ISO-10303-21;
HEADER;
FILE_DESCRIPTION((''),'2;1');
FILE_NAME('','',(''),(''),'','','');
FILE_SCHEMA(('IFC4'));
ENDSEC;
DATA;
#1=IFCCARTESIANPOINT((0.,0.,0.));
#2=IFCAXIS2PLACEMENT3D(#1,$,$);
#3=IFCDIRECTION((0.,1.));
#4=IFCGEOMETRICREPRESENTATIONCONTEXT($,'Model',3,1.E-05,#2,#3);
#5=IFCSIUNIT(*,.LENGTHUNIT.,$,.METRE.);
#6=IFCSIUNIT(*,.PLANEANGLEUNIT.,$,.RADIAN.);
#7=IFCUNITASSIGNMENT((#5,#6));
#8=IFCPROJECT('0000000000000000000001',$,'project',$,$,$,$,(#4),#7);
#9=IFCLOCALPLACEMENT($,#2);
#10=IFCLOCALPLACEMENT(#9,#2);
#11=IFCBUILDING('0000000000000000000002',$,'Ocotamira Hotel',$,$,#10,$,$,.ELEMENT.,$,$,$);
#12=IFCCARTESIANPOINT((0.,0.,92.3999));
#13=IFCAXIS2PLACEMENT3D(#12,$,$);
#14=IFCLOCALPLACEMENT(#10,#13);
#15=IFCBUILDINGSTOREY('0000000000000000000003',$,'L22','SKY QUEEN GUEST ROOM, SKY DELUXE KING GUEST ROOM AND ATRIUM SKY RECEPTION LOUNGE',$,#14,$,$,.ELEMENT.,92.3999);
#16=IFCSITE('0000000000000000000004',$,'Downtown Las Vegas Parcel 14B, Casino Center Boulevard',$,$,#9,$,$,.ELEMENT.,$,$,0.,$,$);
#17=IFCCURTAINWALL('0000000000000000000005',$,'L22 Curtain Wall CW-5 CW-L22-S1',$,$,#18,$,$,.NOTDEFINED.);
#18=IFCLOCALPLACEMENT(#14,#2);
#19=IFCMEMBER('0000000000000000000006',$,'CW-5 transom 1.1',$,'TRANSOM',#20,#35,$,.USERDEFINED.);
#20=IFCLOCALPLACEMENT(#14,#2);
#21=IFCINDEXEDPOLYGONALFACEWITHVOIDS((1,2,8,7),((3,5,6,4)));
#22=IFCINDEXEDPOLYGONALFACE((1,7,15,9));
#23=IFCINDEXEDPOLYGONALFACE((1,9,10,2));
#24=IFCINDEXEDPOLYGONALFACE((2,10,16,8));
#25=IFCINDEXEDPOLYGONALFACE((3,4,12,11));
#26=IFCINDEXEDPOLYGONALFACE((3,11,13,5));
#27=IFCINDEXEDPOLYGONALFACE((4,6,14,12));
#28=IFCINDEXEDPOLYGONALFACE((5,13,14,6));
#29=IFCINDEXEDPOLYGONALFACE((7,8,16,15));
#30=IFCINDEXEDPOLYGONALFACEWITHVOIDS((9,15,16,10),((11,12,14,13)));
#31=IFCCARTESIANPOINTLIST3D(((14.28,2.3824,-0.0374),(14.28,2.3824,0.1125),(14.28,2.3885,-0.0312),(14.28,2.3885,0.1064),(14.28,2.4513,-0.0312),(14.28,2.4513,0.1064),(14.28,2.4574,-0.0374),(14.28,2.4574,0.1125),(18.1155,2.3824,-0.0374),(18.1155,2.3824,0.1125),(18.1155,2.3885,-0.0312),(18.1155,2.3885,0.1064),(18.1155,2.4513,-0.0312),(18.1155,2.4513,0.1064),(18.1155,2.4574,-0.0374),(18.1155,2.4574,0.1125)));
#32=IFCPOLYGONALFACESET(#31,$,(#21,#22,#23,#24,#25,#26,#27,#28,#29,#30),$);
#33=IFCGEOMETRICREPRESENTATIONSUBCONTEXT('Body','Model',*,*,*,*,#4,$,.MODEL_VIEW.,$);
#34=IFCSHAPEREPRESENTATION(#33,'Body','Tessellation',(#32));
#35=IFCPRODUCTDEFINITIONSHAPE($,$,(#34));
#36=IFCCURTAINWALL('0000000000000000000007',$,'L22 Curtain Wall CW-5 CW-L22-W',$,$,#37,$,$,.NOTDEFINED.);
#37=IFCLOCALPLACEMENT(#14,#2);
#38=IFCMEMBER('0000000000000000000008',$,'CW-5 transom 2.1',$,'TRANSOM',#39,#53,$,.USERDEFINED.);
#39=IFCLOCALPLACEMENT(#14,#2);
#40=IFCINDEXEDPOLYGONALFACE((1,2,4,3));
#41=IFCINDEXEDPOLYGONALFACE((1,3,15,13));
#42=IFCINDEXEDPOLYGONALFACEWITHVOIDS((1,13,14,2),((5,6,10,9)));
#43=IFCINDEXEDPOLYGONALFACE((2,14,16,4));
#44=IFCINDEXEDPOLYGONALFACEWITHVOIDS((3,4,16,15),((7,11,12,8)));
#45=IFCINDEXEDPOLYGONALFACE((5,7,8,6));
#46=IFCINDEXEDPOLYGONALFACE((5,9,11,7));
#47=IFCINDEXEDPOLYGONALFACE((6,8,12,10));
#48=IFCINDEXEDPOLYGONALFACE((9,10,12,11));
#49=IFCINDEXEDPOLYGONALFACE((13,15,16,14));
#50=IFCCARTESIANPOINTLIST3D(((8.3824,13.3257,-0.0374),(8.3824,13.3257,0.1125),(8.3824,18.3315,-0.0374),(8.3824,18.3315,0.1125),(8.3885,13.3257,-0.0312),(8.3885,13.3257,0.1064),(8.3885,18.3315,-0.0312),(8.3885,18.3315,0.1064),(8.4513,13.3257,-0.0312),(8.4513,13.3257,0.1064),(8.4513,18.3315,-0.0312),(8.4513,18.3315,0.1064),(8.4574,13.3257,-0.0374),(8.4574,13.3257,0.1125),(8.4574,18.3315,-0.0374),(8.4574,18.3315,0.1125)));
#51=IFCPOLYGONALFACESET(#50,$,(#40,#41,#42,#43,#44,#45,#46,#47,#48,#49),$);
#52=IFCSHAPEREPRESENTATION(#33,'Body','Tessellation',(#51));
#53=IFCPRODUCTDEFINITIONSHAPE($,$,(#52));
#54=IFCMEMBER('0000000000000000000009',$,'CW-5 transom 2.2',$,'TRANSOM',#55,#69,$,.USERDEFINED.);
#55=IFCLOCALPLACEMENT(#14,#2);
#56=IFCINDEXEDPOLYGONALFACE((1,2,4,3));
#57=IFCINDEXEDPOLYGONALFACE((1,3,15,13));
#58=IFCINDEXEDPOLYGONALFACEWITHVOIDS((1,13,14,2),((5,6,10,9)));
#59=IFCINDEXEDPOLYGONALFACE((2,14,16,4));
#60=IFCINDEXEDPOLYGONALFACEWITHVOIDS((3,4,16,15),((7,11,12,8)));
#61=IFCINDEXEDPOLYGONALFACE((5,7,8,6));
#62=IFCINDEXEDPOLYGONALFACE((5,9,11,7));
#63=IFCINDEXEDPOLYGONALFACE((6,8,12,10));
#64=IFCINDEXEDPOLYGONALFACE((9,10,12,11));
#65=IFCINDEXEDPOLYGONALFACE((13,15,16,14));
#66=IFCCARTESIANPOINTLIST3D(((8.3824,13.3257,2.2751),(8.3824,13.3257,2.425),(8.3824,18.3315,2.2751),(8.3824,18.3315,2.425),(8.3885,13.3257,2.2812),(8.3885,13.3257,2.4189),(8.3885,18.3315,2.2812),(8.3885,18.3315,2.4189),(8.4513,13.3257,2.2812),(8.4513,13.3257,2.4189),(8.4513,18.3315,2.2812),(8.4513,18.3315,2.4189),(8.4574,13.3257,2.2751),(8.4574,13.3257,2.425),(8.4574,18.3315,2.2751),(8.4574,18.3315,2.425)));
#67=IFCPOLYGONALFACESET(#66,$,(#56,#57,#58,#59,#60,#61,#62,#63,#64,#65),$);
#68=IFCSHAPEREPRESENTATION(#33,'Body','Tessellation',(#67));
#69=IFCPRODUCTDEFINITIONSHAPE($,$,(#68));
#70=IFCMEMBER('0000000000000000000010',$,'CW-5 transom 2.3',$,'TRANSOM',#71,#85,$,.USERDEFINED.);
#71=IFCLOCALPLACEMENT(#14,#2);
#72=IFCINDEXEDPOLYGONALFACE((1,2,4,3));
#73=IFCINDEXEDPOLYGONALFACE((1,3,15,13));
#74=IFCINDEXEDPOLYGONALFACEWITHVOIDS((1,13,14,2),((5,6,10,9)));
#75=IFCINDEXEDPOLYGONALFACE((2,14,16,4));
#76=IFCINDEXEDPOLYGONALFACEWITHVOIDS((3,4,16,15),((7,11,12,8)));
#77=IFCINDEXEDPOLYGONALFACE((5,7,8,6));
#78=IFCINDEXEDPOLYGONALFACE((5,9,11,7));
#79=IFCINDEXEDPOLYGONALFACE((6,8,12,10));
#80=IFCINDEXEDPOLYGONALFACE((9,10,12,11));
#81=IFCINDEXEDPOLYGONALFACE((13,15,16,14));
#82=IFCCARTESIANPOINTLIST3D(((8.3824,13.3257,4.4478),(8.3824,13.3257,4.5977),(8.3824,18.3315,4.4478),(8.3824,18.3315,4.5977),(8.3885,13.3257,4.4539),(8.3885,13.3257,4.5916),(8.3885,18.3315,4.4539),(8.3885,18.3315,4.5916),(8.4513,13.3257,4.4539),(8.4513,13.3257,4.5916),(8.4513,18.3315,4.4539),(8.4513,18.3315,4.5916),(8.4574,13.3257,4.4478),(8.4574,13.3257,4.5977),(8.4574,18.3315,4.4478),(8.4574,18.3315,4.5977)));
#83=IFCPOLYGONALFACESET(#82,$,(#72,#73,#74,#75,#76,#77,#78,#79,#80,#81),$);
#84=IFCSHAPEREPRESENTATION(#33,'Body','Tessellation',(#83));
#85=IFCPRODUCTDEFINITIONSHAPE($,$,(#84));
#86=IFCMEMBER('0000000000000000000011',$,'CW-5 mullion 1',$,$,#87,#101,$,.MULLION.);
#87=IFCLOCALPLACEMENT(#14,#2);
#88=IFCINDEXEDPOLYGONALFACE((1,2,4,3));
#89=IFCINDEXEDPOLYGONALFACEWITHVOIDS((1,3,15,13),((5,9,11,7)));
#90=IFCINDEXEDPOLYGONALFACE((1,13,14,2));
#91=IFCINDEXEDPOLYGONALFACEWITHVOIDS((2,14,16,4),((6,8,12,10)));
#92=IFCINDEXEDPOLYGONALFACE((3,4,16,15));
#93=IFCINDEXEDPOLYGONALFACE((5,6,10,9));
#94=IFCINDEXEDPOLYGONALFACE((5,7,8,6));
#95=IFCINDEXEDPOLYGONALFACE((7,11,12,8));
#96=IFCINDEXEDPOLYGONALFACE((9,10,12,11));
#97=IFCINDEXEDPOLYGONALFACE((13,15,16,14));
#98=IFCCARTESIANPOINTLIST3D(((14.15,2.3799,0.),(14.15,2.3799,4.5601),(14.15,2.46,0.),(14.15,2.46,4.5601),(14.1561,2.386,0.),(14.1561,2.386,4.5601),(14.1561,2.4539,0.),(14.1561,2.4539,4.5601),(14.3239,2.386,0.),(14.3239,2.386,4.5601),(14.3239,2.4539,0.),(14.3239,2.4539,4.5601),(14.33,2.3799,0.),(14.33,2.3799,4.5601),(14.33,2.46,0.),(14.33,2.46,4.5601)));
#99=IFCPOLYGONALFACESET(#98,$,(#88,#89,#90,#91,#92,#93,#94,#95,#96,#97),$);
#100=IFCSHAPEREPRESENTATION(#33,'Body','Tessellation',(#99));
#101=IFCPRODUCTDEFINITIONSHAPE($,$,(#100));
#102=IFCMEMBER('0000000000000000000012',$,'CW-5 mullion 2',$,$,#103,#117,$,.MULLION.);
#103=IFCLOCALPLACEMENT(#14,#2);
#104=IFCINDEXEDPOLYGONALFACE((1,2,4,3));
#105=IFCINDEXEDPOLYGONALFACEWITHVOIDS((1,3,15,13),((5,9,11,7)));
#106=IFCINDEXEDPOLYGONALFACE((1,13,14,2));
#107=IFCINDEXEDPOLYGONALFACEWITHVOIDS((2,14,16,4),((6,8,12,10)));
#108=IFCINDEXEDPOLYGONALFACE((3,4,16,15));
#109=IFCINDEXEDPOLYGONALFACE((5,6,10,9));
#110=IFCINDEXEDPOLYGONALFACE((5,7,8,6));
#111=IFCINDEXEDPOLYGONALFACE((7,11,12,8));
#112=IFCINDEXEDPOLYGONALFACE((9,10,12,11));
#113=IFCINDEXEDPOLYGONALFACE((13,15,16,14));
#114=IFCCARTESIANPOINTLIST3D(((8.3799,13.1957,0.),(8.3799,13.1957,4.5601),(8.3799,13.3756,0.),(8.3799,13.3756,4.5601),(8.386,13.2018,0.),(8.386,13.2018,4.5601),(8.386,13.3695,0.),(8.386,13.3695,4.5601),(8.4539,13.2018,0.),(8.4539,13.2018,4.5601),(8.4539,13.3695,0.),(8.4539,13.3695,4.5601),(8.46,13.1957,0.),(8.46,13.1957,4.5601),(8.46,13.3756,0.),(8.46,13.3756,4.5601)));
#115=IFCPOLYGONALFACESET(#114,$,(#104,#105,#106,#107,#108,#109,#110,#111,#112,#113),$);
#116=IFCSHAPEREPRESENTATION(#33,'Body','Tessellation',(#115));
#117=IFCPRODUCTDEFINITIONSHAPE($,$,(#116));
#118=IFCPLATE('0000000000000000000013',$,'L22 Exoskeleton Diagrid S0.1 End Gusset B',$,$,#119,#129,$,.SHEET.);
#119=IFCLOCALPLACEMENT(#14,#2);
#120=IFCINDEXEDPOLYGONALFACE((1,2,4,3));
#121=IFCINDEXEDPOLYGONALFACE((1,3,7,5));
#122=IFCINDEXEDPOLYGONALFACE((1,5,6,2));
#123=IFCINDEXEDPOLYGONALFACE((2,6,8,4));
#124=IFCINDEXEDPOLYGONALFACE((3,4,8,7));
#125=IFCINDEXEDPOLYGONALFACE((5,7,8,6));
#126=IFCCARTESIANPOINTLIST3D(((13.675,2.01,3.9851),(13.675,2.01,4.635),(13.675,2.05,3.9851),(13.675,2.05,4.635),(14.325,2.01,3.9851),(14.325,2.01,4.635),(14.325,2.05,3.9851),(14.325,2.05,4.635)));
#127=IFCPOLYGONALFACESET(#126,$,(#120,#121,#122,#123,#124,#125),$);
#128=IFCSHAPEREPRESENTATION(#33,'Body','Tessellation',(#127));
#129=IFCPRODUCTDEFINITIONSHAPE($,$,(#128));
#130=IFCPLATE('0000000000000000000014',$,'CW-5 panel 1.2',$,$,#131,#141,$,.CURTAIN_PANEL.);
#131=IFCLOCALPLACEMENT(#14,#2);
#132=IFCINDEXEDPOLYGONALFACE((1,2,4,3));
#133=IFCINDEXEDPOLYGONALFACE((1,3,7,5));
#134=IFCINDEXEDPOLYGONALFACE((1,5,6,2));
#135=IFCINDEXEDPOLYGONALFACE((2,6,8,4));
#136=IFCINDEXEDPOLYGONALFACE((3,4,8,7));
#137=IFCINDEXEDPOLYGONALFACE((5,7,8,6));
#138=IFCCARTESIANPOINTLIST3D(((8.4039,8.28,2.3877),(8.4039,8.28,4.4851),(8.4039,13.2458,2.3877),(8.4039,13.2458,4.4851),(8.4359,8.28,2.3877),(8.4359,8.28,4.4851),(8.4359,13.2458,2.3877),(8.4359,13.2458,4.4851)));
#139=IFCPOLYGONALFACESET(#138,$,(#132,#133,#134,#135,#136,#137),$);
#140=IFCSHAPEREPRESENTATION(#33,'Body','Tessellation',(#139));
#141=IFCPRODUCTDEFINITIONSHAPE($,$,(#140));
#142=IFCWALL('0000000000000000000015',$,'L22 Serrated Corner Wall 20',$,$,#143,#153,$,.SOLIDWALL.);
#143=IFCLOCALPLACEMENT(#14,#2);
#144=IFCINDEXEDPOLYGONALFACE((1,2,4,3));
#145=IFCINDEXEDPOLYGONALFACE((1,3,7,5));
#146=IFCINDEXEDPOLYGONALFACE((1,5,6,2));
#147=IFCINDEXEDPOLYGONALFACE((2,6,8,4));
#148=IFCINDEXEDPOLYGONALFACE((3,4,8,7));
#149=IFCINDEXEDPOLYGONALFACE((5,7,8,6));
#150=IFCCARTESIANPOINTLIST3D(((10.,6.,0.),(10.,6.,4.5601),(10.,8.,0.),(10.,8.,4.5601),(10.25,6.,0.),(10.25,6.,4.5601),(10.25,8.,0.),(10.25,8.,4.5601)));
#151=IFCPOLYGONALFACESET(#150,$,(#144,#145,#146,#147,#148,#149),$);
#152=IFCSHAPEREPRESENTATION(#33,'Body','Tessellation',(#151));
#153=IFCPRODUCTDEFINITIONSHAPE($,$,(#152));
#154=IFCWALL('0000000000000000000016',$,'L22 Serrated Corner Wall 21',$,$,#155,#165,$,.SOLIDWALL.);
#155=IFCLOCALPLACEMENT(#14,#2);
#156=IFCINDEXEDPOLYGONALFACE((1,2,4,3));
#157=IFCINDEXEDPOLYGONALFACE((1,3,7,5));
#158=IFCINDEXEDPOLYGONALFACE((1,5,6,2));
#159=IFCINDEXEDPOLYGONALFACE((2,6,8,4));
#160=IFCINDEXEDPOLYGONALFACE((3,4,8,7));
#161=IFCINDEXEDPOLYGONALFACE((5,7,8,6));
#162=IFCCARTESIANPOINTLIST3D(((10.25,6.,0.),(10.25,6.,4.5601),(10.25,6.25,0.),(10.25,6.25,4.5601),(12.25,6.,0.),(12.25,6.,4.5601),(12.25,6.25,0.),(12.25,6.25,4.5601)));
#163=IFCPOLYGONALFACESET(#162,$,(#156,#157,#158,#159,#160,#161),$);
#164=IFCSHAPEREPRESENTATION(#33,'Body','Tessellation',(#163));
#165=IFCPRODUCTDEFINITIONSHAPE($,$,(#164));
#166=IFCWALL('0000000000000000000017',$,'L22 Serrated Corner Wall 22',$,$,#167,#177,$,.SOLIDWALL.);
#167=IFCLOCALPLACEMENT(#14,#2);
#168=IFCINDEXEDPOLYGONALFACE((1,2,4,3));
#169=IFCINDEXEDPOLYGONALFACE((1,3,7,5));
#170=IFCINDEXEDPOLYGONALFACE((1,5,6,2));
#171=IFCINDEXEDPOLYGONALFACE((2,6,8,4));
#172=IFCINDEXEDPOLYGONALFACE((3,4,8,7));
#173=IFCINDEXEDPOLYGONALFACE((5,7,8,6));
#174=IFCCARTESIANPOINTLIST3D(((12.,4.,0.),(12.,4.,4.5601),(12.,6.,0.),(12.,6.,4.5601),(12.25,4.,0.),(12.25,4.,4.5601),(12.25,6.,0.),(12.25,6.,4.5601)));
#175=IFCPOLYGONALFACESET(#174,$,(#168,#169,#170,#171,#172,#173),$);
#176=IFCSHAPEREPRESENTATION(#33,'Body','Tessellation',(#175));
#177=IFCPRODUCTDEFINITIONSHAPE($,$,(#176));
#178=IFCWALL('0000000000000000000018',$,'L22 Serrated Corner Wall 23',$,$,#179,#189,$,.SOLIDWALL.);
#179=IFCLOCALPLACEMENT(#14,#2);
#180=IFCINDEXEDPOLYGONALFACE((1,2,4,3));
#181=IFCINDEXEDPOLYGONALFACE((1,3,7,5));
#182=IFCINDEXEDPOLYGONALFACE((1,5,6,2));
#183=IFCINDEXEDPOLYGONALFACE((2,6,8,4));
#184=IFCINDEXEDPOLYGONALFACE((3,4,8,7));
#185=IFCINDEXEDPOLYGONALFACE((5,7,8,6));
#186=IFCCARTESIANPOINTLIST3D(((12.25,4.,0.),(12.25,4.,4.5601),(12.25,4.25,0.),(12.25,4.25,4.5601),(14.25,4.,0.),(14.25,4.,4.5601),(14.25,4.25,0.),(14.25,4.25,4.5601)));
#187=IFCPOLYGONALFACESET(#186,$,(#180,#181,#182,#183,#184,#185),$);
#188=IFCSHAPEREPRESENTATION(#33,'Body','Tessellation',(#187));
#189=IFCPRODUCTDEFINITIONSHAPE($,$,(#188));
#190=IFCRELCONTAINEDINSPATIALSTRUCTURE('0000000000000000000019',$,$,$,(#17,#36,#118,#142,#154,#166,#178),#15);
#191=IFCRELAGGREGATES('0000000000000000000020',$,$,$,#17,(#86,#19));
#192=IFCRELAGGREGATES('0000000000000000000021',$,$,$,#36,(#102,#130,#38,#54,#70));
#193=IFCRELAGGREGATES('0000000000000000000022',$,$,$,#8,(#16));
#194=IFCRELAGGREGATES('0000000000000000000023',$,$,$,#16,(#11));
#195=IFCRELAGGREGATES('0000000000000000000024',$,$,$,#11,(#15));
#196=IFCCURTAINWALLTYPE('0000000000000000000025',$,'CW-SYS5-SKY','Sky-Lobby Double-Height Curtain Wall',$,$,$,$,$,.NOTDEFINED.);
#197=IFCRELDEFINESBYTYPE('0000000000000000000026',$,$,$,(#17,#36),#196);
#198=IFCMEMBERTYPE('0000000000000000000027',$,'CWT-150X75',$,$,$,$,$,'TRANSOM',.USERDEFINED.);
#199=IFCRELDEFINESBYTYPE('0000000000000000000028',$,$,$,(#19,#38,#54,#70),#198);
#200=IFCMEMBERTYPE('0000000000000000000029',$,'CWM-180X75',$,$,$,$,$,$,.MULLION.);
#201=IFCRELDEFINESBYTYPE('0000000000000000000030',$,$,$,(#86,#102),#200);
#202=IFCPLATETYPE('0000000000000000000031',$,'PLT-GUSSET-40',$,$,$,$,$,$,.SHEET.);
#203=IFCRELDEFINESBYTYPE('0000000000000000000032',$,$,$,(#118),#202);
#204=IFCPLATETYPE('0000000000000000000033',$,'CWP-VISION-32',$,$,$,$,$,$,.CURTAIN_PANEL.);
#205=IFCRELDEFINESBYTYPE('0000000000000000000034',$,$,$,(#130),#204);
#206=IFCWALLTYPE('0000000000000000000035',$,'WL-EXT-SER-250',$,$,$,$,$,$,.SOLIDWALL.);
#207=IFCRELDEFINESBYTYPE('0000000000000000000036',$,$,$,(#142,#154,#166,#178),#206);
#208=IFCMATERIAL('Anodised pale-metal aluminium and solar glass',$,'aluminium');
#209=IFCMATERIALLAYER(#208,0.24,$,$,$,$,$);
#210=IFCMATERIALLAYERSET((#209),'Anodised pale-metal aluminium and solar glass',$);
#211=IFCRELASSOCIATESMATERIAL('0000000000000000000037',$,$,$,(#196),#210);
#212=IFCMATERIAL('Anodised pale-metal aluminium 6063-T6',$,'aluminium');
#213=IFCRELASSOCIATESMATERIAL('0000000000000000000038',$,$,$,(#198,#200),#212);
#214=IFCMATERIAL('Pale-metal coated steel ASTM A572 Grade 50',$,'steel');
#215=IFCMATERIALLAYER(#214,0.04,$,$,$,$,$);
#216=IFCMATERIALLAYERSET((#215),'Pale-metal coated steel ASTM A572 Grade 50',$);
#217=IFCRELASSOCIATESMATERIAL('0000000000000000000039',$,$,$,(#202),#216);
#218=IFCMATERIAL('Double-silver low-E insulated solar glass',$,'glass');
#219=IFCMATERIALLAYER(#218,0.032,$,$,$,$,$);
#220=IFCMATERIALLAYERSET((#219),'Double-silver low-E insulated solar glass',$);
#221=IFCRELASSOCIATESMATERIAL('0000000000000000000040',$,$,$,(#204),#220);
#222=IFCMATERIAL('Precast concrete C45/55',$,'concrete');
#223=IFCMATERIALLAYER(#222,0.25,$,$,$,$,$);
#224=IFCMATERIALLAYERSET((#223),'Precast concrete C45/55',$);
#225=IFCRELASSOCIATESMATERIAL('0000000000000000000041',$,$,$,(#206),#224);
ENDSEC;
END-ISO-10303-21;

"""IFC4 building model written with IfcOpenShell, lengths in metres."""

from ifc_helpers import new_model, si_unit, direction, frame, frame_2d, origin, origin_2d, place, context, subcontext, project, spatial, rectangle, hollow_rectangle, extrude, source, transform, mapped, material, layer, layer_set, material_profile, profile_set, type_object, element, aggregate, save


model = new_model("IFC4")

# Units and contexts
model_context = context("Model", 3, precision=1e-05, world=origin(), true_north=direction((0.0, 1.0)))
body_context = subcontext(model_context, "Body", "Model", "MODEL_VIEW")
ifc_project = project(units=[si_unit("LENGTHUNIT", "METRE"), si_unit("PLANEANGLEUNIT", "RADIAN")], contexts=[model_context])

# Site, building, storey
site_placement = place(None, origin())
site = spatial("IfcSite", under=ifc_project, at=site_placement, Name="Downtown Las Vegas Parcel 14B, Casino Center Boulevard", CompositionType="ELEMENT", RefElevation=0.0)
building_placement = place(site_placement, origin())
building = spatial("IfcBuilding", under=site, at=building_placement, Name="Ocotamira Hotel", CompositionType="ELEMENT")
storey_placement = place(building_placement, frame((0.0, 0.0, 92.3999)))
storey = spatial("IfcBuildingStorey", under=building, at=storey_placement, Name="L22", Description="SKY QUEEN GUEST ROOM, SKY DELUXE KING GUEST ROOM AND ATRIUM SKY RECEPTION LOUNGE", CompositionType="ELEMENT", Elevation=92.3999)

# Curtain wall, member
ifc_material_1 = material(Name="Anodised pale-metal aluminium and solar glass", Category="aluminium")
ifc_layer_1 = layer(ifc_material_1, 0.24)
ifc_layer_set_1 = layer_set([ifc_layer_1], Name="Anodised pale-metal aluminium and solar glass")
curtain_wall_type = type_object("IfcCurtainWallType", Name="CW-SYS5-SKY", Description="Sky-Lobby Double-Height Curtain Wall", PredefinedType="NOTDEFINED", material=ifc_layer_set_1)
curtain_wall_1_placement = place(storey_placement, origin())
curtain_wall_1 = element("IfcCurtainWall", 1, at=curtain_wall_1_placement, inside=storey, type_object=curtain_wall_type, Name="L22 Curtain Wall CW-5 CW-L22-S1", PredefinedType="NOTDEFINED")
ifc_material_2 = material(Name="Anodised pale-metal aluminium 6063-T6", Category="aluminium")
ifc_material_profile_1 = material_profile(ifc_material_2, hollow_rectangle(XDim=0.075, YDim=0.1499, WallThickness=0.0061, at=origin_2d()), Name="HSS150X75X6")
ifc_profile_set_1 = profile_set([ifc_material_profile_1], Name="Anodised pale-metal aluminium 6063-T6")
member_type_1 = type_object("IfcMemberType", Name="CWT-150X75", ElementType="TRANSOM", PredefinedType="USERDEFINED", material=ifc_profile_set_1)
shared_shape_1 = source(origin(), body_context, "Body", "SweptSolid", [
    extrude(hollow_rectangle(XDim=0.075, YDim=0.1499, WallThickness=0.0061, at=origin_2d()), origin(), (0.0, 0.0, 1.0), 3.8354),
])
member_1_placement = place(storey_placement, frame((14.28, 2.4199, 0.0376), z_axis=(1.0, 0.0, 0.0), x_axis=(0.0, 1.0, 0.0)))
member_1 = element("IfcMember", 2, at=member_1_placement, type_object=member_type_1, Name="CW-5 transom 1.1", ObjectType="TRANSOM", PredefinedType="USERDEFINED", context=body_context, shape_type="MappedRepresentation", body=[
    mapped(shared_shape_1, transform((0.0, 0.0, 0.0), scale=1.0)),
])

# Curtain wall, members
curtain_wall_2_placement = place(storey_placement, origin())
curtain_wall_2 = element("IfcCurtainWall", 3, at=curtain_wall_2_placement, inside=storey, type_object=curtain_wall_type, Name="L22 Curtain Wall CW-5 CW-L22-W", PredefinedType="NOTDEFINED")
shared_shape_2 = source(origin(), body_context, "Body", "SweptSolid", [
    extrude(hollow_rectangle(XDim=0.075, YDim=0.1499, WallThickness=0.0061, at=origin_2d()), origin(), (0.0, 0.0, 1.0), 5.0059),
])
member_2_placement = place(storey_placement, frame((8.4199, 13.3257, 0.0376), z_axis=(0.0, 1.0, 0.0), x_axis=(-1.0, 0.0, 0.0)))
member_2 = element("IfcMember", 4, at=member_2_placement, type_object=member_type_1, Name="CW-5 transom 2.1", ObjectType="TRANSOM", PredefinedType="USERDEFINED", context=body_context, shape_type="MappedRepresentation", body=[
    mapped(shared_shape_2, transform((0.0, 0.0, 0.0), scale=1.0)),
])
member_3_placement = place(storey_placement, frame((8.4199, 13.3257, 2.3501), z_axis=(0.0, 1.0, 0.0), x_axis=(-1.0, 0.0, 0.0)))
member_3 = element("IfcMember", 5, at=member_3_placement, type_object=member_type_1, Name="CW-5 transom 2.2", ObjectType="TRANSOM", PredefinedType="USERDEFINED", context=body_context, shape_type="MappedRepresentation", body=[
    mapped(shared_shape_2, transform((0.0, 0.0, 0.0), scale=1.0)),
])
member_4_placement = place(storey_placement, frame((8.4199, 13.3257, 4.5227), z_axis=(0.0, 1.0, 0.0), x_axis=(-1.0, 0.0, 0.0)))
member_4 = element("IfcMember", 6, at=member_4_placement, type_object=member_type_1, Name="CW-5 transom 2.3", ObjectType="TRANSOM", PredefinedType="USERDEFINED", context=body_context, shape_type="MappedRepresentation", body=[
    mapped(shared_shape_2, transform((0.0, 0.0, 0.0), scale=1.0)),
])

# Members
ifc_material_profile_2 = material_profile(ifc_material_2, hollow_rectangle(XDim=0.0801, YDim=0.1799, WallThickness=0.0061, at=origin_2d()), Name="HSS180X80X6")
ifc_profile_set_2 = profile_set([ifc_material_profile_2], Name="Anodised pale-metal aluminium 6063-T6")
member_type_2 = type_object("IfcMemberType", Name="CWM-180X75", PredefinedType="MULLION", material=ifc_profile_set_2)
shared_shape_3 = source(origin(), body_context, "Body", "SweptSolid", [
    extrude(hollow_rectangle(XDim=0.0801, YDim=0.1799, WallThickness=0.0061, at=origin_2d()), origin(), (0.0, 0.0, 1.0), 4.5601),
])
member_5_placement = place(storey_placement, frame((14.24, 2.4199, 0.0), z_axis=(0.0, 0.0, 1.0), x_axis=(0.0, 1.0, 0.0)))
member_5 = element("IfcMember", 7, at=member_5_placement, type_object=member_type_2, Name="CW-5 mullion 1", PredefinedType="MULLION", context=body_context, shape_type="MappedRepresentation", body=[
    mapped(shared_shape_3, transform((0.0, 0.0, 0.0), scale=1.0)),
])
aggregate(curtain_wall_1, [member_5, member_1])
member_6_placement = place(storey_placement, frame((8.4199, 13.2856, 0.0), z_axis=(0.0, 0.0, 1.0), x_axis=(-1.0, 0.0, 0.0)))
member_6 = element("IfcMember", 8, at=member_6_placement, type_object=member_type_2, Name="CW-5 mullion 2", PredefinedType="MULLION", context=body_context, shape_type="MappedRepresentation", body=[
    mapped(shared_shape_3, transform((0.0, 0.0, 0.0), scale=1.0)),
])

# Plates
ifc_material_3 = material(Name="Pale-metal coated steel ASTM A572 Grade 50", Category="steel")
ifc_layer_2 = layer(ifc_material_3, 0.04)
ifc_layer_set_2 = layer_set([ifc_layer_2], Name="Pale-metal coated steel ASTM A572 Grade 50")
plate_type_1 = type_object("IfcPlateType", Name="PLT-GUSSET-40", PredefinedType="SHEET", material=ifc_layer_set_2)
shared_shape_4 = source(origin(), body_context, "Body", "SweptSolid", [
    extrude(rectangle(XDim=0.6499, YDim=0.04, at=origin_2d()), origin(), (0.0, 0.0, 1.0), 0.6499),
])
plate_1_placement = place(storey_placement, frame((14.0, 2.03, 3.9851), z_axis=(0.0, 0.0, 1.0), x_axis=(-1.0, 0.0, 0.0)))
element("IfcPlate", 9, at=plate_1_placement, inside=storey, type_object=plate_type_1, Name="L22 Exoskeleton Diagrid S0.1 End Gusset B", PredefinedType="SHEET", context=body_context, shape_type="MappedRepresentation", body=[
    mapped(shared_shape_4, transform((0.0, 0.0, 0.0), scale=1.0)),
])
ifc_material_4 = material(Name="Double-silver low-E insulated solar glass", Category="glass")
ifc_layer_3 = layer(ifc_material_4, 0.032)
ifc_layer_set_3 = layer_set([ifc_layer_3], Name="Double-silver low-E insulated solar glass")
plate_type_2 = type_object("IfcPlateType", Name="CWP-VISION-32", PredefinedType="CURTAIN_PANEL", material=ifc_layer_set_3)
shared_shape_5 = source(origin(), body_context, "Body", "SweptSolid", [
    extrude(rectangle(XDim=4.9658, YDim=0.032, at=origin_2d()), origin(), (0.0, 0.0, 1.0), 2.0974),
])
plate_2_placement = place(storey_placement, frame((8.4199, 10.7629, 2.3877), z_axis=(0.0, 0.0, 1.0), x_axis=(0.0, 1.0, 0.0)))
plate_2 = element("IfcPlate", 10, at=plate_2_placement, type_object=plate_type_2, Name="CW-5 panel 1.2", PredefinedType="CURTAIN_PANEL", context=body_context, shape_type="MappedRepresentation", body=[
    mapped(shared_shape_5, transform((0.0, 0.0, 0.0), scale=1.0)),
])
aggregate(curtain_wall_2, [member_6, plate_2, member_2, member_3, member_4])

# Walls
ifc_material_5 = material(Name="Precast concrete C45/55", Category="concrete")
ifc_layer_4 = layer(ifc_material_5, 0.25)
ifc_layer_set_4 = layer_set([ifc_layer_4], Name="Precast concrete C45/55")
wall_type_1 = type_object("IfcWallType", Name="WL-EXT-SER-250", PredefinedType="SOLIDWALL", material=ifc_layer_set_4)
for number, where, z_axis, x_axis, name in (
    (11, (10.125, 8.0, 0.0), (0.0, 0.0, 1.0), (0.0, -1.0, 0.0), "L22 Serrated Corner Wall 20"),
    (12, (10.25, 6.125, 0.0), (0.0, 0.0, 1.0), (1.0, 0.0, 0.0), "L22 Serrated Corner Wall 21"),
    (13, (12.125, 6.0, 0.0), (0.0, 0.0, 1.0), (0.0, -1.0, 0.0), "L22 Serrated Corner Wall 22"),
    (14, (12.25, 4.125, 0.0), (0.0, 0.0, 1.0), (1.0, 0.0, 0.0), "L22 Serrated Corner Wall 23"),
):
    element("IfcWall", number, at=place(storey_placement, frame(where, z_axis=z_axis, x_axis=x_axis)), inside=storey, type_object=wall_type_1, Name=name, PredefinedType="SOLIDWALL", context=body_context, shape_type="SweptSolid", body=[
        extrude(rectangle(XDim=2.0, YDim=0.25, at=frame_2d((1.0, 0.0))), origin(), (0.0, 0.0, 1.0), 4.5601),
    ])

save(model, "model.ifc")
